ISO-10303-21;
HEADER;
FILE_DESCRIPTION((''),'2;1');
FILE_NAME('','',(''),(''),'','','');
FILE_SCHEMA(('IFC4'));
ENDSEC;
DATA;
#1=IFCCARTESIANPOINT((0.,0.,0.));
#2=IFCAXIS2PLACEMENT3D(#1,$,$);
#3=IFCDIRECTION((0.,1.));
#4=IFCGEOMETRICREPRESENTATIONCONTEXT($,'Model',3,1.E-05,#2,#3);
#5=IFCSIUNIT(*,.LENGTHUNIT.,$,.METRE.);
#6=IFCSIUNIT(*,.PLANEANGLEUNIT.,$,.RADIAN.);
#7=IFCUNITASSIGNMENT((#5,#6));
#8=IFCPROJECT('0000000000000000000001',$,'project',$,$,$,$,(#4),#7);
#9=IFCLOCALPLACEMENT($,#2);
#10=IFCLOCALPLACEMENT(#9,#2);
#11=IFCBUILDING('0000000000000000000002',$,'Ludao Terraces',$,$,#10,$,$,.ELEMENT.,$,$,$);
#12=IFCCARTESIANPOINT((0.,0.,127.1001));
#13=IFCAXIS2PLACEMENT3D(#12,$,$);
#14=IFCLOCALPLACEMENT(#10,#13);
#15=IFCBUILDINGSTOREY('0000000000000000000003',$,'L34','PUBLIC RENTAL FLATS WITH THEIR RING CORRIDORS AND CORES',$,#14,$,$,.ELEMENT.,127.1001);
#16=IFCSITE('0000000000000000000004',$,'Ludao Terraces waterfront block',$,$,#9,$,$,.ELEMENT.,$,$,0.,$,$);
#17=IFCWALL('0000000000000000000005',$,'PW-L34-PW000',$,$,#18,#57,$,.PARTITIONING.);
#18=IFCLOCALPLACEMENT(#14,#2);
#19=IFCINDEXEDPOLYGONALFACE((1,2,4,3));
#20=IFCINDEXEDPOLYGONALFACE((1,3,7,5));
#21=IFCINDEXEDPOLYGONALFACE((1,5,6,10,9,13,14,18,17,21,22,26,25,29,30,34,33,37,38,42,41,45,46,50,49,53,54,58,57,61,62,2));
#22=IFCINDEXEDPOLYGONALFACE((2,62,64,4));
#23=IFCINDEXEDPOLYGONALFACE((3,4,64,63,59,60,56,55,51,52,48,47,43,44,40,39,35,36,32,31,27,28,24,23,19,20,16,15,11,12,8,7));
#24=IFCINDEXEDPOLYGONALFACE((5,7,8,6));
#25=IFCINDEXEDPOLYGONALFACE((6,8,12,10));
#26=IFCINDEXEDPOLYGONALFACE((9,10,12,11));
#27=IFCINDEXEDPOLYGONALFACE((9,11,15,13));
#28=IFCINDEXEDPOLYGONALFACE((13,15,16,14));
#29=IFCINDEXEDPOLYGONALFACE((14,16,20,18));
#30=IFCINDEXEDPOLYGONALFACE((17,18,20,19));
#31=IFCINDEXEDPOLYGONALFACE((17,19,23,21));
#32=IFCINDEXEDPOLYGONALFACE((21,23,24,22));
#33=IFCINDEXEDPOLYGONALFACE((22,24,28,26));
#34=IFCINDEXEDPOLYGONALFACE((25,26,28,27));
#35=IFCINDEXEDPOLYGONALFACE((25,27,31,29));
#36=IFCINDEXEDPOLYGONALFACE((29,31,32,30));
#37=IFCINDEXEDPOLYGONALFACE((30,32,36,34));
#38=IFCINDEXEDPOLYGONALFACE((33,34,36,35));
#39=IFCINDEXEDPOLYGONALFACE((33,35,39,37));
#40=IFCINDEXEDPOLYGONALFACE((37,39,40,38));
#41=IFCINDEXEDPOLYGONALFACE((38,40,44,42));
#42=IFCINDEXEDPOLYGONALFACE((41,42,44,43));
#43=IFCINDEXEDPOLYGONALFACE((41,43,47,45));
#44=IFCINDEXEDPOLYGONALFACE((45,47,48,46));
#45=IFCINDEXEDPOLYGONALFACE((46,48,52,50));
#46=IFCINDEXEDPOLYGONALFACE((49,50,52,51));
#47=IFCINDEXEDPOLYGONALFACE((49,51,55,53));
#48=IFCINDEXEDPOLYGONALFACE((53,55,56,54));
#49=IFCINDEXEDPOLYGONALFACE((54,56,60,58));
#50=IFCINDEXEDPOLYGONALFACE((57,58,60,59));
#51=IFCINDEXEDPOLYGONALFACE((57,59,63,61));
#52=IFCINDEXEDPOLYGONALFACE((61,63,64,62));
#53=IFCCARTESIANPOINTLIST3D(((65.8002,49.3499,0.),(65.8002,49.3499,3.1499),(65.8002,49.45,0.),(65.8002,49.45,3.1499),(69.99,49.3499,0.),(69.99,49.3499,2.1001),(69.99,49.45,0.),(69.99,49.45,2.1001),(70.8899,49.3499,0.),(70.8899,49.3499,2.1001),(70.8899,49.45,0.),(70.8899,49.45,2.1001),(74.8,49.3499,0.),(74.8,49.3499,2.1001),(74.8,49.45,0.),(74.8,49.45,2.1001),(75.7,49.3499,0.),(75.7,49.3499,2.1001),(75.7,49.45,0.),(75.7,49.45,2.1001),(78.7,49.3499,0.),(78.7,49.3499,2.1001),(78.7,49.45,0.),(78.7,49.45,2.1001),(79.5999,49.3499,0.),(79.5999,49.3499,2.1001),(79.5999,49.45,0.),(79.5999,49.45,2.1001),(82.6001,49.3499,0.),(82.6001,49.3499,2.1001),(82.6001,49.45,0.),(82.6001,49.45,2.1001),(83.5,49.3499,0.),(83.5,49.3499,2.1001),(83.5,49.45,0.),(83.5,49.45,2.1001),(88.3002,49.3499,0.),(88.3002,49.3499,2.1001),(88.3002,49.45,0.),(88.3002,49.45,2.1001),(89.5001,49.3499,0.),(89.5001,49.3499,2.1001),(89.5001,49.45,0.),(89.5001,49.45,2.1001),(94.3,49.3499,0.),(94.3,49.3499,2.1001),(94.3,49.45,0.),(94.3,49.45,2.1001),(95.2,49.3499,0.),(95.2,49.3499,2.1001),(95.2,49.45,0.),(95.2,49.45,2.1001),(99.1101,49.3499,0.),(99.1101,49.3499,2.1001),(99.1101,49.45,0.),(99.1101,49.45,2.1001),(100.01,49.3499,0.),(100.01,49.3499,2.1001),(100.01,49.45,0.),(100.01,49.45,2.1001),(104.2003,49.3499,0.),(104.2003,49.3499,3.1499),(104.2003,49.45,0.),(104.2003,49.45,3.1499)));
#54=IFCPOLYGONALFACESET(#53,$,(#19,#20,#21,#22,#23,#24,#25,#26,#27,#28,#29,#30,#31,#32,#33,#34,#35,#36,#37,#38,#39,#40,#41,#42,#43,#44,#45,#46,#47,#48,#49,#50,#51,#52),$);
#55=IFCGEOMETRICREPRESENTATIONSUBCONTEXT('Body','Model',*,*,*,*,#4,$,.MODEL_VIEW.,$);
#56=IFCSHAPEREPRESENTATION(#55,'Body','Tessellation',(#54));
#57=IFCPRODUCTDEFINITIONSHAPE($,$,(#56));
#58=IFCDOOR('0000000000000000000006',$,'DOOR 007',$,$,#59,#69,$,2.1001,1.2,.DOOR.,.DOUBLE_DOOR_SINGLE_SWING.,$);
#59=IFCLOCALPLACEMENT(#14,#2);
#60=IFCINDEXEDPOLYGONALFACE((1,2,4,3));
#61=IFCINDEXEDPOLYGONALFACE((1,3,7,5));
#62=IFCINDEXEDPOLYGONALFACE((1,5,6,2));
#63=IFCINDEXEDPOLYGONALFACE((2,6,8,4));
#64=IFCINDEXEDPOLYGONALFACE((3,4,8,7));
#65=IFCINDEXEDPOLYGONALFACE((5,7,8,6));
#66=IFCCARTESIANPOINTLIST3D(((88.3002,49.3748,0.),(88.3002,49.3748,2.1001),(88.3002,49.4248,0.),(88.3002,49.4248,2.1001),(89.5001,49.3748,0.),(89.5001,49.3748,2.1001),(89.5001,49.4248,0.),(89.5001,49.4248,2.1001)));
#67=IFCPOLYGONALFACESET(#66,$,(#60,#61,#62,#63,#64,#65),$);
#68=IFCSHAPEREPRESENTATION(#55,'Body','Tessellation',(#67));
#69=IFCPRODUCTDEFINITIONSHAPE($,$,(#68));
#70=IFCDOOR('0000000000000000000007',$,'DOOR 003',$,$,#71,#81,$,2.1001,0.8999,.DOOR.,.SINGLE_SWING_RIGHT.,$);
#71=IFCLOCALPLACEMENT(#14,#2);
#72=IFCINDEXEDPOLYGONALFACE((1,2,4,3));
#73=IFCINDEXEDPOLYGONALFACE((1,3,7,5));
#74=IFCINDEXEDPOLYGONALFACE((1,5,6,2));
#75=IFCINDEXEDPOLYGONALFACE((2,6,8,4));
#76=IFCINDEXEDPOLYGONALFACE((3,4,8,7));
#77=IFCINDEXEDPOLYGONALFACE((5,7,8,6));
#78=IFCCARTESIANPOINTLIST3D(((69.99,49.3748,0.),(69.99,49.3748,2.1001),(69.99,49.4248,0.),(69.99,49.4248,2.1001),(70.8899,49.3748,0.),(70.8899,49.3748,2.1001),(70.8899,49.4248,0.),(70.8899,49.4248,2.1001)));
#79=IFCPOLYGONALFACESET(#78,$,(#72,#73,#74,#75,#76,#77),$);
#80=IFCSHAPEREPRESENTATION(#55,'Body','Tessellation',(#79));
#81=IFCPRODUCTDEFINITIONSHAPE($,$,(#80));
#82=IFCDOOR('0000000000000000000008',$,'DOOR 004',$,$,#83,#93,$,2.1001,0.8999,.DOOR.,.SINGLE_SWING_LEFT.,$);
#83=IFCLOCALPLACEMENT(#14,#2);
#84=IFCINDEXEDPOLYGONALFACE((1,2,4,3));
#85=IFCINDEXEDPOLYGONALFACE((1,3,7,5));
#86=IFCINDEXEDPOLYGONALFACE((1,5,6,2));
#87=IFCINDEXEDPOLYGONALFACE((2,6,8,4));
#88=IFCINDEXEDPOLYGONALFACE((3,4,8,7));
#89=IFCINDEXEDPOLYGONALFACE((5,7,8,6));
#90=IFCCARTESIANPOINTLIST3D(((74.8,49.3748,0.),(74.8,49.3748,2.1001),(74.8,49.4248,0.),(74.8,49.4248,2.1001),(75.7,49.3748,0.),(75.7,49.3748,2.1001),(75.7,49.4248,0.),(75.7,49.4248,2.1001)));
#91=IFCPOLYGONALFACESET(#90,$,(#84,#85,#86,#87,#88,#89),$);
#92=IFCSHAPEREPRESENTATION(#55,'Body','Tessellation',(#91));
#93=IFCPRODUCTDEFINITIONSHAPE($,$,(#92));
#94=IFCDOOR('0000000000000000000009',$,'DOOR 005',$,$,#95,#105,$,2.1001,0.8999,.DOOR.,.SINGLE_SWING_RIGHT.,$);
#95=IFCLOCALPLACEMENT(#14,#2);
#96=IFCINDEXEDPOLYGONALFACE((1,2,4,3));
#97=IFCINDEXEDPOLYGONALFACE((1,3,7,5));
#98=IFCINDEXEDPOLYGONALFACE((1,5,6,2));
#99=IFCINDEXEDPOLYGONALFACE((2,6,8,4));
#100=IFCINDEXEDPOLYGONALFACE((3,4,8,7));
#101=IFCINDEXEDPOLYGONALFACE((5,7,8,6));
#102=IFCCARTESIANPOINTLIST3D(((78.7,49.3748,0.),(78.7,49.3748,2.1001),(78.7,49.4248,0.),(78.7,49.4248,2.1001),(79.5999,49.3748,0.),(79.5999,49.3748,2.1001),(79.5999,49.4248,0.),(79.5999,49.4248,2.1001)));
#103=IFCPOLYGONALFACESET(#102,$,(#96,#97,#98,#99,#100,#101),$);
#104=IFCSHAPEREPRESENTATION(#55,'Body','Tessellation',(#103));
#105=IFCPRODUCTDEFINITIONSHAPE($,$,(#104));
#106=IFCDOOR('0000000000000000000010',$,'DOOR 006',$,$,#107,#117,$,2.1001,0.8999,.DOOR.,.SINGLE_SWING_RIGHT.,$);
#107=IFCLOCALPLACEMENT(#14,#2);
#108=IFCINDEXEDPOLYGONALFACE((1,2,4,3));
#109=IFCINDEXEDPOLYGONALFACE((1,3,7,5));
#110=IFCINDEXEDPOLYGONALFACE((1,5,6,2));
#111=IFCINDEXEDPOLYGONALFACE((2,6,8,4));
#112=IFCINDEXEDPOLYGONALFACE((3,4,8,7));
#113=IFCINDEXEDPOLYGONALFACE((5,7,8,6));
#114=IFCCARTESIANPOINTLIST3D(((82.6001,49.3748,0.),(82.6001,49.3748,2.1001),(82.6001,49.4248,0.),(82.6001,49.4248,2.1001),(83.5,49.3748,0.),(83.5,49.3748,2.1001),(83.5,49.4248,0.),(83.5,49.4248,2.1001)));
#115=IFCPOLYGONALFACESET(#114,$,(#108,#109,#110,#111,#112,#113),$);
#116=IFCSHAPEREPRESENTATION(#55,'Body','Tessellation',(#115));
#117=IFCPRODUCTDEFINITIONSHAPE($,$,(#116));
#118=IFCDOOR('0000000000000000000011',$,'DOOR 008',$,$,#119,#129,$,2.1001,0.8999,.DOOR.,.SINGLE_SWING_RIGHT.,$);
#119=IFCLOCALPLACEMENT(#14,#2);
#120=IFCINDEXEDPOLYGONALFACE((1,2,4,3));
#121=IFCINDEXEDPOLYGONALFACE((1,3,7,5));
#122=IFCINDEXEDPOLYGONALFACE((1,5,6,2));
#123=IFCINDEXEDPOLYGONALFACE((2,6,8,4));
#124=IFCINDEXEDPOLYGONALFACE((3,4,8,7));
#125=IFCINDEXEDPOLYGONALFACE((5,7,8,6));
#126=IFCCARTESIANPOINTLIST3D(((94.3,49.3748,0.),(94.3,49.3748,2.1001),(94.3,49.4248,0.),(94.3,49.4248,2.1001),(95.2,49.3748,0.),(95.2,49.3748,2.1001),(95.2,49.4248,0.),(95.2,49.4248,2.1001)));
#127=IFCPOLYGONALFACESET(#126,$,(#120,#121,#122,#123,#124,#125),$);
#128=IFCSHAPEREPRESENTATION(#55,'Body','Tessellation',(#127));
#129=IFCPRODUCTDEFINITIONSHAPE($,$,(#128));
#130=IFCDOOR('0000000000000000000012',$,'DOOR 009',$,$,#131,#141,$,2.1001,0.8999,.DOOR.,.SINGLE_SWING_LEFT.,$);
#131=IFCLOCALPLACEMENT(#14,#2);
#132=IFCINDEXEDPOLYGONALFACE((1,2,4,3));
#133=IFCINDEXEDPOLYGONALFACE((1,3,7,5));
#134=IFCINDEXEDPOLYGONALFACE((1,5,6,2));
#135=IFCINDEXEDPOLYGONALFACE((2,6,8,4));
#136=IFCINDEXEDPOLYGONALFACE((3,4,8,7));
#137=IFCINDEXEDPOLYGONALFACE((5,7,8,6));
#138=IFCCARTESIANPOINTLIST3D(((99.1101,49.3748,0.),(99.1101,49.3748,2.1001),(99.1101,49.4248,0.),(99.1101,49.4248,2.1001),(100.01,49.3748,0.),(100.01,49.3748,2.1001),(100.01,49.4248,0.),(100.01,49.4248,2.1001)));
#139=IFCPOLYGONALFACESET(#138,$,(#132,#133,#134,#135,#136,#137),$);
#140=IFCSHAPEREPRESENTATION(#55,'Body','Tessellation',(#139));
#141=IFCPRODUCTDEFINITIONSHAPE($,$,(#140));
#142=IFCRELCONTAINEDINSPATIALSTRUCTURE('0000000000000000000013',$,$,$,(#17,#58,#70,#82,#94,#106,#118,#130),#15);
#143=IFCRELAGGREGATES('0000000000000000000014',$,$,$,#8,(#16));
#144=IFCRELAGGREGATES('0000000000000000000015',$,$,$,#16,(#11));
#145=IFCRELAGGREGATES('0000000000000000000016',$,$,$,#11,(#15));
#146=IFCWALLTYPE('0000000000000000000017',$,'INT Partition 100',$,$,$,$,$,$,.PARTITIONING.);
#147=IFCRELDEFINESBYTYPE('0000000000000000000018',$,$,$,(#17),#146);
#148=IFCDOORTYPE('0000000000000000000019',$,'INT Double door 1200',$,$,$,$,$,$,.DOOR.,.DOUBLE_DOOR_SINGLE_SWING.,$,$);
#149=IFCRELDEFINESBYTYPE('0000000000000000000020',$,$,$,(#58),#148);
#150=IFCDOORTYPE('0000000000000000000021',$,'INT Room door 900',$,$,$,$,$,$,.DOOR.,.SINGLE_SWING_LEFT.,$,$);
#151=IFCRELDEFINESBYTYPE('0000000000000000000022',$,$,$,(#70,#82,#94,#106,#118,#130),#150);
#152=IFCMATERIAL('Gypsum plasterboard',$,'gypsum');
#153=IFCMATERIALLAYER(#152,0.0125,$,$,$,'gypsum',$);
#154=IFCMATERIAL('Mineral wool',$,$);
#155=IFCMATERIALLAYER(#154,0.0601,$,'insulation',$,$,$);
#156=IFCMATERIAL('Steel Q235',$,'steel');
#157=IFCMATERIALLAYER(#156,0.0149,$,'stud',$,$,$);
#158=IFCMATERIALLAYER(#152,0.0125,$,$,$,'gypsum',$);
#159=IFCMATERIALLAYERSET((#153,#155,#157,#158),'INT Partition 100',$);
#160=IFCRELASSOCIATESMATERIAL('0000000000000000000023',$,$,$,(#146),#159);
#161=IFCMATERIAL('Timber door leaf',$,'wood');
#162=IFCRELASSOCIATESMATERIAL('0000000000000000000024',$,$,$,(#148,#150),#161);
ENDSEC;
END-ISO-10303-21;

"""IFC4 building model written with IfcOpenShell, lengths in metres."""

from ifc_helpers import new_model, si_unit, direction, frame, frame_2d, origin, place, context, subcontext, project, spatial, rectangle, extrude, material, layer, layer_set, type_object, element, fill, save


model = new_model("IFC4")

# Units and contexts
model_context = context("Model", 3, precision=1e-05, world=origin(), true_north=direction((0.0, 1.0)))
body_context = subcontext(model_context, "Body", "Model", "MODEL_VIEW")
ifc_project = project(units=[si_unit("LENGTHUNIT", "METRE"), si_unit("PLANEANGLEUNIT", "RADIAN")], contexts=[model_context])

# Site, building, storey
site_placement = place(None, origin())
site = spatial("IfcSite", under=ifc_project, at=site_placement, Name="Ludao Terraces waterfront block", CompositionType="ELEMENT", RefElevation=0.0)
building_placement = place(site_placement, origin())
building = spatial("IfcBuilding", under=site, at=building_placement, Name="Ludao Terraces", CompositionType="ELEMENT")
storey_placement = place(building_placement, frame((0.0, 0.0, 127.1001)))
storey = spatial("IfcBuildingStorey", under=building, at=storey_placement, Name="L34", Description="PUBLIC RENTAL FLATS WITH THEIR RING CORRIDORS AND CORES", CompositionType="ELEMENT", Elevation=127.1001)

# Shared definitions
ifc_material_1 = material(Name="Mineral wool")

# Wall, openings, doors
ifc_material_2 = material(Name="Gypsum plasterboard", Category="gypsum")
ifc_layer_1 = layer(ifc_material_2, 0.0125, Category="gypsum")
ifc_layer_2 = layer(ifc_material_1, 0.0601, Name="insulation")
ifc_material_3 = material(Name="Steel Q235", Category="steel")
ifc_layer_3 = layer(ifc_material_3, 0.0149, Name="stud")
ifc_layer_4 = layer(ifc_material_2, 0.0125, Category="gypsum")
ifc_layer_set_1 = layer_set([ifc_layer_1, ifc_layer_2, ifc_layer_3, ifc_layer_4], Name="INT Partition 100")
wall_type_1 = type_object("IfcWallType", Name="INT Partition 100", PredefinedType="PARTITIONING", material=ifc_layer_set_1)
wall_1_placement = place(storey_placement, frame((65.8, 49.3999, 0.0), z_axis=(0.0, 0.0, 1.0), x_axis=(1.0, 0.0, 0.0)))
wall_1 = element("IfcWall", 1, at=wall_1_placement, inside=storey, type_object=wall_type_1, Name="PW-L34-PW000", PredefinedType="PARTITIONING", context=body_context, shape_type="SweptSolid", body=[
    extrude(rectangle(XDim=38.4001, YDim=0.1001, at=frame_2d((19.2002, 0.0))), origin(), (0.0, 0.0, 1.0), 3.1499),
])
opening_1_placement = place(wall_1_placement, frame((4.1899, 0.0, 0.0)))
opening_1 = element("IfcOpeningElement", 2, at=opening_1_placement, cuts=wall_1, PredefinedType="OPENING", context=body_context, shape_type="SweptSolid", body=[
    extrude(rectangle(XDim=0.8999, YDim=2.1001, at=frame_2d((0.45, 1.05))), frame((0.0, 0.0601, 0.0), z_axis=(0.0, -1.0, 0.0), x_axis=(1.0, 0.0, 0.0)), (0.0, 0.0, 1.0), 0.1201),
])
opening_2_placement = place(wall_1_placement, frame((9.0, 0.0, 0.0)))
opening_2 = element("IfcOpeningElement", 3, at=opening_2_placement, cuts=wall_1, PredefinedType="OPENING", context=body_context, shape_type="SweptSolid", body=[
    extrude(rectangle(XDim=0.8999, YDim=2.1001, at=frame_2d((0.45, 1.05))), frame((0.0, 0.0601, 0.0), z_axis=(0.0, -1.0, 0.0), x_axis=(1.0, 0.0, 0.0)), (0.0, 0.0, 1.0), 0.1201),
])
opening_3_placement = place(wall_1_placement, frame((12.8999, 0.0, 0.0)))
opening_3 = element("IfcOpeningElement", 4, at=opening_3_placement, cuts=wall_1, PredefinedType="OPENING", context=body_context, shape_type="SweptSolid", body=[
    extrude(rectangle(XDim=0.8999, YDim=2.1001, at=frame_2d((0.45, 1.05))), frame((0.0, 0.0601, 0.0), z_axis=(0.0, -1.0, 0.0), x_axis=(1.0, 0.0, 0.0)), (0.0, 0.0, 1.0), 0.1201),
])
opening_4_placement = place(wall_1_placement, frame((16.8, 0.0, 0.0)))
opening_4 = element("IfcOpeningElement", 5, at=opening_4_placement, cuts=wall_1, PredefinedType="OPENING", context=body_context, shape_type="SweptSolid", body=[
    extrude(rectangle(XDim=0.8999, YDim=2.1001, at=frame_2d((0.45, 1.05))), frame((0.0, 0.0601, 0.0), z_axis=(0.0, -1.0, 0.0), x_axis=(1.0, 0.0, 0.0)), (0.0, 0.0, 1.0), 0.1201),
])
opening_5_placement = place(wall_1_placement, frame((22.5, 0.0, 0.0)))
opening_5 = element("IfcOpeningElement", 6, at=opening_5_placement, cuts=wall_1, PredefinedType="OPENING", context=body_context, shape_type="SweptSolid", body=[
    extrude(rectangle(XDim=1.2, YDim=2.1001, at=frame_2d((0.6001, 1.05))), frame((0.0, 0.0601, 0.0), z_axis=(0.0, -1.0, 0.0), x_axis=(1.0, 0.0, 0.0)), (0.0, 0.0, 1.0), 0.1201),
])
opening_6_placement = place(wall_1_placement, frame((28.5, 0.0, 0.0)))
opening_6 = element("IfcOpeningElement", 7, at=opening_6_placement, cuts=wall_1, PredefinedType="OPENING", context=body_context, shape_type="SweptSolid", body=[
    extrude(rectangle(XDim=0.8999, YDim=2.1001, at=frame_2d((0.45, 1.05))), frame((0.0, 0.0601, 0.0), z_axis=(0.0, -1.0, 0.0), x_axis=(1.0, 0.0, 0.0)), (0.0, 0.0, 1.0), 0.1201),
])
opening_7_placement = place(wall_1_placement, frame((33.3101, 0.0, 0.0)))
opening_7 = element("IfcOpeningElement", 8, at=opening_7_placement, cuts=wall_1, PredefinedType="OPENING", context=body_context, shape_type="SweptSolid", body=[
    extrude(rectangle(XDim=0.8999, YDim=2.1001, at=frame_2d((0.45, 1.05))), frame((0.0, 0.0601, 0.0), z_axis=(0.0, -1.0, 0.0), x_axis=(1.0, 0.0, 0.0)), (0.0, 0.0, 1.0), 0.1201),
])
ifc_material_4 = material(Name="Timber door leaf", Category="wood")
door_type_1 = type_object("IfcDoorType", Name="INT Double door 1200", OperationType="DOUBLE_DOOR_SINGLE_SWING", PredefinedType="DOOR", material=ifc_material_4)
door_1_placement = place(opening_5_placement, origin())
door_1 = element("IfcDoor", 9, at=door_1_placement, inside=storey, type_object=door_type_1, Name="DOOR 007", OperationType="DOUBLE_DOOR_SINGLE_SWING", OverallHeight=2.1001, OverallWidth=1.2, PredefinedType="DOOR", context=body_context, shape_type="SweptSolid", body=[
    extrude(rectangle(XDim=1.2, YDim=2.1001, at=frame_2d((0.6001, 1.05))), frame((0.0, 0.0249, 0.0), z_axis=(0.0, -1.0, 0.0), x_axis=(1.0, 0.0, 0.0)), (0.0, 0.0, 1.0), 0.05),
])
fill(opening_5, door_1)
door_type_2 = type_object("IfcDoorType", Name="INT Room door 900", OperationType="SINGLE_SWING_LEFT", PredefinedType="DOOR", material=ifc_material_4)
door_2_placement = place(opening_1_placement, origin())
door_2 = element("IfcDoor", 10, at=door_2_placement, inside=storey, type_object=door_type_2, Name="DOOR 003", OperationType="SINGLE_SWING_RIGHT", OverallHeight=2.1001, OverallWidth=0.8999, PredefinedType="DOOR", context=body_context, shape_type="SweptSolid", body=[
    extrude(rectangle(XDim=0.8999, YDim=2.1001, at=frame_2d((0.45, 1.05))), frame((0.0, 0.0249, 0.0), z_axis=(0.0, -1.0, 0.0), x_axis=(1.0, 0.0, 0.0)), (0.0, 0.0, 1.0), 0.05),
])
fill(opening_1, door_2)
door_3_placement = place(opening_2_placement, origin())
door_3 = element("IfcDoor", 11, at=door_3_placement, inside=storey, type_object=door_type_2, Name="DOOR 004", OperationType="SINGLE_SWING_LEFT", OverallHeight=2.1001, OverallWidth=0.8999, PredefinedType="DOOR", context=body_context, shape_type="SweptSolid", body=[
    extrude(rectangle(XDim=0.8999, YDim=2.1001, at=frame_2d((0.45, 1.05))), frame((0.0, 0.0249, 0.0), z_axis=(0.0, -1.0, 0.0), x_axis=(1.0, 0.0, 0.0)), (0.0, 0.0, 1.0), 0.05),
])
fill(opening_2, door_3)
door_4_placement = place(opening_3_placement, origin())
door_4 = element("IfcDoor", 12, at=door_4_placement, inside=storey, type_object=door_type_2, Name="DOOR 005", OperationType="SINGLE_SWING_RIGHT", OverallHeight=2.1001, OverallWidth=0.8999, PredefinedType="DOOR", context=body_context, shape_type="SweptSolid", body=[
    extrude(rectangle(XDim=0.8999, YDim=2.1001, at=frame_2d((0.45, 1.05))), frame((0.0, 0.0249, 0.0), z_axis=(0.0, -1.0, 0.0), x_axis=(1.0, 0.0, 0.0)), (0.0, 0.0, 1.0), 0.05),
])
fill(opening_3, door_4)
door_5_placement = place(opening_4_placement, origin())
door_5 = element("IfcDoor", 13, at=door_5_placement, inside=storey, type_object=door_type_2, Name="DOOR 006", OperationType="SINGLE_SWING_RIGHT", OverallHeight=2.1001, OverallWidth=0.8999, PredefinedType="DOOR", context=body_context, shape_type="SweptSolid", body=[
    extrude(rectangle(XDim=0.8999, YDim=2.1001, at=frame_2d((0.45, 1.05))), frame((0.0, 0.0249, 0.0), z_axis=(0.0, -1.0, 0.0), x_axis=(1.0, 0.0, 0.0)), (0.0, 0.0, 1.0), 0.05),
])
fill(opening_4, door_5)
door_6_placement = place(opening_6_placement, origin())
door_6 = element("IfcDoor", 14, at=door_6_placement, inside=storey, type_object=door_type_2, Name="DOOR 008", OperationType="SINGLE_SWING_RIGHT", OverallHeight=2.1001, OverallWidth=0.8999, PredefinedType="DOOR", context=body_context, shape_type="SweptSolid", body=[
    extrude(rectangle(XDim=0.8999, YDim=2.1001, at=frame_2d((0.45, 1.05))), frame((0.0, 0.0249, 0.0), z_axis=(0.0, -1.0, 0.0), x_axis=(1.0, 0.0, 0.0)), (0.0, 0.0, 1.0), 0.05),
])
fill(opening_6, door_6)
door_7_placement = place(opening_7_placement, origin())
door_7 = element("IfcDoor", 15, at=door_7_placement, inside=storey, type_object=door_type_2, Name="DOOR 009", OperationType="SINGLE_SWING_LEFT", OverallHeight=2.1001, OverallWidth=0.8999, PredefinedType="DOOR", context=body_context, shape_type="SweptSolid", body=[
    extrude(rectangle(XDim=0.8999, YDim=2.1001, at=frame_2d((0.45, 1.05))), frame((0.0, 0.0249, 0.0), z_axis=(0.0, -1.0, 0.0), x_axis=(1.0, 0.0, 0.0)), (0.0, 0.0, 1.0), 0.05),
])
fill(opening_7, door_7)

save(model, "model.ifc")
